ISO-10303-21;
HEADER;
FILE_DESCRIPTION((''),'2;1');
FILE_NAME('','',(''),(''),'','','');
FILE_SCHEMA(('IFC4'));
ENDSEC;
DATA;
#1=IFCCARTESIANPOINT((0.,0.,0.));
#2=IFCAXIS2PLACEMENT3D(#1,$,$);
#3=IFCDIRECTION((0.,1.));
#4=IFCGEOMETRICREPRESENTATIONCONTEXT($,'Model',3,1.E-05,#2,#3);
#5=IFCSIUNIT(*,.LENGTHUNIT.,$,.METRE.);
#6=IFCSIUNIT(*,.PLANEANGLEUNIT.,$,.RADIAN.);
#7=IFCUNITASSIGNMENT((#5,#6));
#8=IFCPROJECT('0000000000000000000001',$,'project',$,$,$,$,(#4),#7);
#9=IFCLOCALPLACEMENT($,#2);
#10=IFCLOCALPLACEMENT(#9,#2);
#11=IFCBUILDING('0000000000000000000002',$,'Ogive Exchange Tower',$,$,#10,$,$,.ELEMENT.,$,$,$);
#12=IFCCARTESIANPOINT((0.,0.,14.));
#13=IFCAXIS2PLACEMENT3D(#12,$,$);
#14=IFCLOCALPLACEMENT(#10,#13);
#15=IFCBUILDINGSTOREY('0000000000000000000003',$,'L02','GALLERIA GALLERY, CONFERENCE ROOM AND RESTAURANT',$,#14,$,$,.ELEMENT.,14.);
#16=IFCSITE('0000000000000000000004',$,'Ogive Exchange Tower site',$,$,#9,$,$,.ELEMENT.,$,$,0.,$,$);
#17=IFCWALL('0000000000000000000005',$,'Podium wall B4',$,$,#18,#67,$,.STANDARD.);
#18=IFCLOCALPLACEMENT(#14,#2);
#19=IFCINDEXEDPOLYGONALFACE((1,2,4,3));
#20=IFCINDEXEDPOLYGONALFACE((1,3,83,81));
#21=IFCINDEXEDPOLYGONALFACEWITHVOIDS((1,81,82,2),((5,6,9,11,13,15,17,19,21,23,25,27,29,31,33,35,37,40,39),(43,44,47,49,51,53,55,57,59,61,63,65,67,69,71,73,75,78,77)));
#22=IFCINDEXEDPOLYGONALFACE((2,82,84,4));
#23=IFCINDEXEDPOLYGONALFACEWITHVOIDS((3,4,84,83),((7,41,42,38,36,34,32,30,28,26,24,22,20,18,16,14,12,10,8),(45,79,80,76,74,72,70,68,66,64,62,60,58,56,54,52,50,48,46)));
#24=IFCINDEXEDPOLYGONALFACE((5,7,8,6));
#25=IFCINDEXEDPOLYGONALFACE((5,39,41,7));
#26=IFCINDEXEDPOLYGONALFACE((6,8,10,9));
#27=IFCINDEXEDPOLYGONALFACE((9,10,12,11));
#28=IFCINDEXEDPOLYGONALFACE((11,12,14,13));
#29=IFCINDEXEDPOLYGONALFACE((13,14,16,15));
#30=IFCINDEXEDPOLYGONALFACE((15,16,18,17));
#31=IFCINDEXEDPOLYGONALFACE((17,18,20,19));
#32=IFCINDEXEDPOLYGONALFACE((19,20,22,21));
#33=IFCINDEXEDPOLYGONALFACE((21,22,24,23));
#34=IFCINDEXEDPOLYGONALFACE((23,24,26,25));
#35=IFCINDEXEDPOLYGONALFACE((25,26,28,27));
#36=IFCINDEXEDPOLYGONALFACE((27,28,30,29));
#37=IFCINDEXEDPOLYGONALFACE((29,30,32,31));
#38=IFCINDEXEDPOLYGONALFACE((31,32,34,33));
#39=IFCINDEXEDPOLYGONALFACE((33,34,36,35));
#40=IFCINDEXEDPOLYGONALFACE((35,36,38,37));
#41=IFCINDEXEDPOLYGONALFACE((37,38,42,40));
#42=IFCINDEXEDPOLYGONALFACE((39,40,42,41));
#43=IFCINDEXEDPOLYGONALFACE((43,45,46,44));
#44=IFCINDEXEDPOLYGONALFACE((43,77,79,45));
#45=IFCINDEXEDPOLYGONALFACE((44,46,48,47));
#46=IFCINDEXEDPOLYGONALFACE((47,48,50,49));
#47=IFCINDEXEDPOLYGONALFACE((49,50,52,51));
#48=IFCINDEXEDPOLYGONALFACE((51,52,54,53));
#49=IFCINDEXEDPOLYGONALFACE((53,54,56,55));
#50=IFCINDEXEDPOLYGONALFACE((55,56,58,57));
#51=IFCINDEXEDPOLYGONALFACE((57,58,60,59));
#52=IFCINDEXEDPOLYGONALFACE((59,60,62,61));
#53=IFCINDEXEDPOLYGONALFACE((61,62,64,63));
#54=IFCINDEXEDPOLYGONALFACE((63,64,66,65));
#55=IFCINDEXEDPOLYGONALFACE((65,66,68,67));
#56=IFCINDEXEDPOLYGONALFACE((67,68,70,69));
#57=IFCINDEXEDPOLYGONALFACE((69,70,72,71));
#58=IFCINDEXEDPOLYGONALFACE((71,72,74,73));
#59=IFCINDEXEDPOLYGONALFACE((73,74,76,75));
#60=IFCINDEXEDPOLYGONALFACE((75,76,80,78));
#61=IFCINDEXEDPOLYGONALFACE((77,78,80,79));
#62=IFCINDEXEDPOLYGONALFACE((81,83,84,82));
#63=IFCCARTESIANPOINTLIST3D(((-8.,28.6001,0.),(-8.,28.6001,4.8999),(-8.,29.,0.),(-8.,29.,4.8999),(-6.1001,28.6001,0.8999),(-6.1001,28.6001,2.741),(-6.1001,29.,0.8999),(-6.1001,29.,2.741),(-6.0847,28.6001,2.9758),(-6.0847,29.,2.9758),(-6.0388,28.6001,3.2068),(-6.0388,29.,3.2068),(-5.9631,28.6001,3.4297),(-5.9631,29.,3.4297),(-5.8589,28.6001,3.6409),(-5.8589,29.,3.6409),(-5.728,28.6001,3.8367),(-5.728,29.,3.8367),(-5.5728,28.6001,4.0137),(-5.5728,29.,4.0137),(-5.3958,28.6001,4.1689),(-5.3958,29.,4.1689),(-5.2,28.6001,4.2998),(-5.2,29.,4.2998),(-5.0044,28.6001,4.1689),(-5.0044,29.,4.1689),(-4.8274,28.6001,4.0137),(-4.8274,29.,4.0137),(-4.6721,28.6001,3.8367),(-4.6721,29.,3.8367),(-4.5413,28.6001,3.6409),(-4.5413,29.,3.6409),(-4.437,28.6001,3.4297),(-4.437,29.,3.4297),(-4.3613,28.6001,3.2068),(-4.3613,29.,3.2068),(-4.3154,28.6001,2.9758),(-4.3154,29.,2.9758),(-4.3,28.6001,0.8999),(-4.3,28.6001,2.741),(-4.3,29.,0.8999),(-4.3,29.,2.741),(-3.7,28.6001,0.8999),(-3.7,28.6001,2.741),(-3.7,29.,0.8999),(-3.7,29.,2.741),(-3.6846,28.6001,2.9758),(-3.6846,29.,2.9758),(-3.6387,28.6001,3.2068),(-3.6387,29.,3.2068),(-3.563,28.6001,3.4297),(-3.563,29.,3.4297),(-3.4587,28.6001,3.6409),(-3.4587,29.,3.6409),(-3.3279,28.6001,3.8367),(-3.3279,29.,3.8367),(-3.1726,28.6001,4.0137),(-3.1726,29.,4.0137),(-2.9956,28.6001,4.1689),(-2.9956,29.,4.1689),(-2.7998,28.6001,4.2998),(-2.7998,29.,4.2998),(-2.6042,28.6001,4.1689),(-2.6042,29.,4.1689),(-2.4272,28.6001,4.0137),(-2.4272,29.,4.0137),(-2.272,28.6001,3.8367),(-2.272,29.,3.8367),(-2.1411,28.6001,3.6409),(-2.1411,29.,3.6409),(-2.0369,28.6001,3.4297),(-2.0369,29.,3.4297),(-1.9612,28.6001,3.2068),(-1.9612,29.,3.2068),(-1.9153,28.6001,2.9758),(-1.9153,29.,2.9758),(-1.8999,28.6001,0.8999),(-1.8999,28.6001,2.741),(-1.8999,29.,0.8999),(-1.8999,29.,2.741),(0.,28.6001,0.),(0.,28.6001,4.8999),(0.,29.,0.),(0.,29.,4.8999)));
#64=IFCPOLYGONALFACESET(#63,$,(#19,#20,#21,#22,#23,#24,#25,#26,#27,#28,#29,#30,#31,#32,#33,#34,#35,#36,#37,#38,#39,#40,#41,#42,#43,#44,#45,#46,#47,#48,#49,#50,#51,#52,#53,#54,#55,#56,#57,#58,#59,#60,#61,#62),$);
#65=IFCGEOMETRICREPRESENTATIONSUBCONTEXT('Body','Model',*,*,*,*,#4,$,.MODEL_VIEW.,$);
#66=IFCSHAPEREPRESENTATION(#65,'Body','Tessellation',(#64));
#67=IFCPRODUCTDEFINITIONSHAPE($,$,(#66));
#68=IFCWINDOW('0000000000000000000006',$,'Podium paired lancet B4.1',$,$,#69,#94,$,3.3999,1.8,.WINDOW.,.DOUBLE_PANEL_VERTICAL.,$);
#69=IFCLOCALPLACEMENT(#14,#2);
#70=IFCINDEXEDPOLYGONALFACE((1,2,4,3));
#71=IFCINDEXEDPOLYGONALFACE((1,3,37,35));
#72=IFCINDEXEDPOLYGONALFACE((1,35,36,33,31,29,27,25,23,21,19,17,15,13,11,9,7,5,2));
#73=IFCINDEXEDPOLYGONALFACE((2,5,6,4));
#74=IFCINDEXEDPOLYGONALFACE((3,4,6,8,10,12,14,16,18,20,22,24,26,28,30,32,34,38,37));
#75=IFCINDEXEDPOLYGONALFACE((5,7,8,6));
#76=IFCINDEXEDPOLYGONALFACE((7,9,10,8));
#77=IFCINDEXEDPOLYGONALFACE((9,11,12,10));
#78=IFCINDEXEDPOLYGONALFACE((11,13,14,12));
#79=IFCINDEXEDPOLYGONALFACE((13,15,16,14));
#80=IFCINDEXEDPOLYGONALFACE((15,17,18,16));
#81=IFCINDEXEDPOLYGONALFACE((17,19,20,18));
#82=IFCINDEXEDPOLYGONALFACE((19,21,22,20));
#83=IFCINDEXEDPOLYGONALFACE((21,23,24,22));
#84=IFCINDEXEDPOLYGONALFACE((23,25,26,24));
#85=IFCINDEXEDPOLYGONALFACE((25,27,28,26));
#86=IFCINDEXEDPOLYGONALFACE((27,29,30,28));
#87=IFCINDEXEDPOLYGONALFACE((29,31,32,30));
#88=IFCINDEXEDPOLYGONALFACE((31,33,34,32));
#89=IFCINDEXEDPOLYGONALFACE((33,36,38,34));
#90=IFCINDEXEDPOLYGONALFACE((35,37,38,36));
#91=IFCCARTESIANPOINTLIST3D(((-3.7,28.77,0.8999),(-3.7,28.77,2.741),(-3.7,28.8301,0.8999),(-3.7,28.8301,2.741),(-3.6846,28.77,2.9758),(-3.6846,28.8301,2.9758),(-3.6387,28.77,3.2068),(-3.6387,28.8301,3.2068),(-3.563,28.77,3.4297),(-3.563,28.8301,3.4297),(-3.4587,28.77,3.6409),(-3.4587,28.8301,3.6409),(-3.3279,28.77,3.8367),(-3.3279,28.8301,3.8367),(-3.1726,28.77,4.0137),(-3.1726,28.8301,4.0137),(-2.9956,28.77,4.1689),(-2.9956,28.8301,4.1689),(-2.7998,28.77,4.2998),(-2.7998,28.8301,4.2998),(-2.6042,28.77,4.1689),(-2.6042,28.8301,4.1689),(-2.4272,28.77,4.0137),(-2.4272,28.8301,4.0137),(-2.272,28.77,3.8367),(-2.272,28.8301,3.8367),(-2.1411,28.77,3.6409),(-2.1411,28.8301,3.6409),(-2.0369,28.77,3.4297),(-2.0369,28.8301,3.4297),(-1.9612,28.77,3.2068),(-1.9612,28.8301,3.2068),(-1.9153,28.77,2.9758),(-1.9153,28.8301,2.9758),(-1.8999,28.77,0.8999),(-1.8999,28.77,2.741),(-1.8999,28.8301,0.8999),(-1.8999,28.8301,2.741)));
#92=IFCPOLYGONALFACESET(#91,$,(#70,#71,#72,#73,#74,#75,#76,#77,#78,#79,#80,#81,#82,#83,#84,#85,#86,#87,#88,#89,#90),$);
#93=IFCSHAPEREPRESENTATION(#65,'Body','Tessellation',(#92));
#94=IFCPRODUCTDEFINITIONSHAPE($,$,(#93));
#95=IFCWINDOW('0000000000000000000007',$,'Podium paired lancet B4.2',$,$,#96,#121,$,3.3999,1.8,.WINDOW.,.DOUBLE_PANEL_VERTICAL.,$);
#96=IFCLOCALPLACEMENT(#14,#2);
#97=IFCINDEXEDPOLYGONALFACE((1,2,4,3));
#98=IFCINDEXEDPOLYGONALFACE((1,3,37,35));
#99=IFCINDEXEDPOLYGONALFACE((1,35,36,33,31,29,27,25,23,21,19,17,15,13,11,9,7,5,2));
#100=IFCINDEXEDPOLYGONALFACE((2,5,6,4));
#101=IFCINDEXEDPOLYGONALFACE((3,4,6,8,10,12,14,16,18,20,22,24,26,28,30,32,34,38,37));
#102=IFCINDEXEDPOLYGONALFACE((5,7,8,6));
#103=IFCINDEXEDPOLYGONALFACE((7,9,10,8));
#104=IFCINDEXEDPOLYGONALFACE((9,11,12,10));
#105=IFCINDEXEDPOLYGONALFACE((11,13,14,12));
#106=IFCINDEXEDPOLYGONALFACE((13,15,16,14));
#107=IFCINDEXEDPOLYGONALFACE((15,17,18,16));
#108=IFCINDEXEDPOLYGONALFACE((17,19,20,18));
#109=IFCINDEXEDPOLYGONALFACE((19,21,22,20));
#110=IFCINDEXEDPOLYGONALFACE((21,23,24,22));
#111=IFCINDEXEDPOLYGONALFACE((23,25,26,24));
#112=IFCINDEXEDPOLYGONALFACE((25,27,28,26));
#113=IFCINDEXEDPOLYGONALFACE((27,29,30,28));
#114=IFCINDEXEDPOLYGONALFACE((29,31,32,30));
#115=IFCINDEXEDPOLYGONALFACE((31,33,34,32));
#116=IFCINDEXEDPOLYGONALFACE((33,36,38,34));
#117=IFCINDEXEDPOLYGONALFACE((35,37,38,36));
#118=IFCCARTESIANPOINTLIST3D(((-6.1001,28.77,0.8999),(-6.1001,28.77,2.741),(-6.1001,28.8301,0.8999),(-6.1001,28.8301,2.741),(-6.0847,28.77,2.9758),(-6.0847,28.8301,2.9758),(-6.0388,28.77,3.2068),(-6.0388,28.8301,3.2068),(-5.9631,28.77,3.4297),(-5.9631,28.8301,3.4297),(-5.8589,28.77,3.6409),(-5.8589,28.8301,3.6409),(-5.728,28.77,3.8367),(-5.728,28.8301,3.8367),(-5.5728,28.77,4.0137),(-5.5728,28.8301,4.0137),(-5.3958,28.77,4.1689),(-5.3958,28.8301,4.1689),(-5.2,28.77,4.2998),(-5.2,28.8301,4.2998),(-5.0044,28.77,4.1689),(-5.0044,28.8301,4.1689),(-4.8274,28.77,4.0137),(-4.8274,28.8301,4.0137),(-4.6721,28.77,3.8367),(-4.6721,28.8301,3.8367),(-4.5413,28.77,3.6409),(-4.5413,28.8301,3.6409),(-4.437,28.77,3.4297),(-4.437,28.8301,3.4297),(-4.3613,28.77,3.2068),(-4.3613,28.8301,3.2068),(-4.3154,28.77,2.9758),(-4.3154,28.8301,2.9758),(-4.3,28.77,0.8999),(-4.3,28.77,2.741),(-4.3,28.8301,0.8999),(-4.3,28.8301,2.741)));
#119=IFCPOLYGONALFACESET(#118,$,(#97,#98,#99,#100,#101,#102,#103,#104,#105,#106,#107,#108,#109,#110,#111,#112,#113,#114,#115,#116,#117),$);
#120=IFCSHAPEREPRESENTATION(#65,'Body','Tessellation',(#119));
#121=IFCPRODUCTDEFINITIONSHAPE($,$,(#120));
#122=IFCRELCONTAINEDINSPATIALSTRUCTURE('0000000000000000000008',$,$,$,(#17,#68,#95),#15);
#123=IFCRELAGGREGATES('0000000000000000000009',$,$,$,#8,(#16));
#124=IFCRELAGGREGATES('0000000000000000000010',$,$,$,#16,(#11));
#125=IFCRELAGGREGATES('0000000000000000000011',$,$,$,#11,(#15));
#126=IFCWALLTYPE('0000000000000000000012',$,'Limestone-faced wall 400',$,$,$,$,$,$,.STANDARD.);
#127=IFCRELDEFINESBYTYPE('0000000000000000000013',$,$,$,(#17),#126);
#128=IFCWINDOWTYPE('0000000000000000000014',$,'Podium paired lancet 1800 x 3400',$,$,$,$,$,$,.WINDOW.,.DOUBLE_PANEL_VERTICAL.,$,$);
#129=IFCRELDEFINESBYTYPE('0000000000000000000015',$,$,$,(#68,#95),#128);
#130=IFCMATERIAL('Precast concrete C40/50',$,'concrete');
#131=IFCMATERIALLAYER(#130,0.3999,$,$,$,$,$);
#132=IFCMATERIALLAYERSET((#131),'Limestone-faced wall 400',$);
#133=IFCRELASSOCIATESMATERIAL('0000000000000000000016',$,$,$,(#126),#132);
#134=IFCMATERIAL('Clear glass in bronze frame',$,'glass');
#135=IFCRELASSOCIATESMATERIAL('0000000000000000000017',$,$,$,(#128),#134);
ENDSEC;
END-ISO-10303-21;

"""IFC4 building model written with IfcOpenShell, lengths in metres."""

from ifc_helpers import new_model, si_unit, direction, frame, frame_2d, origin, place, context, subcontext, project, spatial, polyline, rectangle, outline, extrude, material, layer, layer_set, type_object, element, fill, save


model = new_model("IFC4")

# Units and contexts
model_context = context("Model", 3, precision=1e-05, world=origin(), true_north=direction((0.0, 1.0)))
body_context = subcontext(model_context, "Body", "Model", "MODEL_VIEW")
ifc_project = project(units=[si_unit("LENGTHUNIT", "METRE"), si_unit("PLANEANGLEUNIT", "RADIAN")], contexts=[model_context])

# Site, building, storey
site_placement = place(None, origin())
site = spatial("IfcSite", under=ifc_project, at=site_placement, Name="Ogive Exchange Tower site", CompositionType="ELEMENT", RefElevation=0.0)
building_placement = place(site_placement, origin())
building = spatial("IfcBuilding", under=site, at=building_placement, Name="Ogive Exchange Tower", CompositionType="ELEMENT")
storey_placement = place(building_placement, frame((0.0, 0.0, 14.0)))
storey = spatial("IfcBuildingStorey", under=building, at=storey_placement, Name="L02", Description="GALLERIA GALLERY, CONFERENCE ROOM AND RESTAURANT", CompositionType="ELEMENT", Elevation=14.0)

# Wall, openings, windows
ifc_material_1 = material(Name="Precast concrete C40/50", Category="concrete")
ifc_layer_1 = layer(ifc_material_1, 0.3999)
ifc_layer_set_1 = layer_set([ifc_layer_1], Name="Limestone-faced wall 400")
wall_type_1 = type_object("IfcWallType", Name="Limestone-faced wall 400", PredefinedType="STANDARD", material=ifc_layer_set_1)
wall_1_placement = place(storey_placement, frame((0.0, 28.8, 0.0), z_axis=(0.0, 0.0, 1.0), x_axis=(-1.0, 0.0, 0.0)))
wall_1 = element("IfcWall", 1, at=wall_1_placement, inside=storey, type_object=wall_type_1, Name="Podium wall B4", PredefinedType="STANDARD", context=body_context, shape_type="SweptSolid", body=[
    extrude(rectangle(XDim=8.0, YDim=0.3999, at=frame_2d((4.0, 0.0))), origin(), (0.0, 0.0, 1.0), 4.8999),
])
opening_1_placement = place(wall_1_placement, frame((1.8999, 0.0, 0.8999)))
opening_1 = element("IfcOpeningElement", 2, at=opening_1_placement, cuts=wall_1, PredefinedType="OPENING", context=body_context, shape_type="SweptSolid", body=[
    extrude(outline(polyline([(0.0, 0.0), (1.8, 0.0), (1.8, 1.8411), (1.7847, 2.0759), (1.7388, 2.3069), (1.6631, 2.5298), (1.5588, 2.741), (1.428, 2.9368), (1.2727, 3.1138), (1.0957, 3.269), (0.8999, 3.3999), (0.7043, 3.269), (0.5273, 3.1138), (0.3721, 2.9368), (0.2412, 2.741), (0.137, 2.5298), (0.0613, 2.3069), (0.0154, 2.0759), (0.0, 1.8411), (0.0, 0.0)])), frame((0.0, 0.21, 0.0), z_axis=(0.0, -1.0, 0.0), x_axis=(1.0, 0.0, 0.0)), (0.0, 0.0, 1.0), 0.4199),
])
opening_2_placement = place(wall_1_placement, frame((4.3, 0.0, 0.8999)))
opening_2 = element("IfcOpeningElement", 3, at=opening_2_placement, cuts=wall_1, PredefinedType="OPENING", context=body_context, shape_type="SweptSolid", body=[
    extrude(outline(polyline([(0.0, 0.0), (1.8, 0.0), (1.8, 1.8411), (1.7847, 2.0759), (1.7388, 2.3069), (1.6631, 2.5298), (1.5588, 2.741), (1.428, 2.9368), (1.2727, 3.1138), (1.0957, 3.269), (0.8999, 3.3999), (0.7043, 3.269), (0.5273, 3.1138), (0.3721, 2.9368), (0.2412, 2.741), (0.137, 2.5298), (0.0613, 2.3069), (0.0154, 2.0759), (0.0, 1.8411), (0.0, 0.0)])), frame((0.0, 0.21, 0.0), z_axis=(0.0, -1.0, 0.0), x_axis=(1.0, 0.0, 0.0)), (0.0, 0.0, 1.0), 0.4199),
])
ifc_material_2 = material(Name="Clear glass in bronze frame", Category="glass")
window_type = type_object("IfcWindowType", Name="Podium paired lancet 1800 x 3400", PartitioningType="DOUBLE_PANEL_VERTICAL", PredefinedType="WINDOW", material=ifc_material_2)
window_1_placement = place(opening_1_placement, origin())
window_1 = element("IfcWindow", 4, at=window_1_placement, inside=storey, type_object=window_type, Name="Podium paired lancet B4.1", OverallHeight=3.3999, OverallWidth=1.8, PartitioningType="DOUBLE_PANEL_VERTICAL", PredefinedType="WINDOW", context=body_context, shape_type="SweptSolid", body=[
    extrude(outline(polyline([(0.0, 0.0), (1.8, 0.0), (1.8, 1.8411), (1.7847, 2.0759), (1.7388, 2.3069), (1.6631, 2.5298), (1.5588, 2.741), (1.428, 2.9368), (1.2727, 3.1138), (1.0957, 3.269), (0.8999, 3.3999), (0.7043, 3.269), (0.5273, 3.1138), (0.3721, 2.9368), (0.2412, 2.741), (0.137, 2.5298), (0.0613, 2.3069), (0.0154, 2.0759), (0.0, 1.8411), (0.0, 0.0)])), frame((0.0, 0.03, 0.0), z_axis=(0.0, -1.0, 0.0), x_axis=(1.0, 0.0, 0.0)), (0.0, 0.0, 1.0), 0.0601),
])
fill(opening_1, window_1)
window_2_placement = place(opening_2_placement, origin())
window_2 = element("IfcWindow", 5, at=window_2_placement, inside=storey, type_object=window_type, Name="Podium paired lancet B4.2", OverallHeight=3.3999, OverallWidth=1.8, PartitioningType="DOUBLE_PANEL_VERTICAL", PredefinedType="WINDOW", context=body_context, shape_type="SweptSolid", body=[
    extrude(outline(polyline([(0.0, 0.0), (1.8, 0.0), (1.8, 1.8411), (1.7847, 2.0759), (1.7388, 2.3069), (1.6631, 2.5298), (1.5588, 2.741), (1.428, 2.9368), (1.2727, 3.1138), (1.0957, 3.269), (0.8999, 3.3999), (0.7043, 3.269), (0.5273, 3.1138), (0.3721, 2.9368), (0.2412, 2.741), (0.137, 2.5298), (0.0613, 2.3069), (0.0154, 2.0759), (0.0, 1.8411), (0.0, 0.0)])), frame((0.0, 0.03, 0.0), z_axis=(0.0, -1.0, 0.0), x_axis=(1.0, 0.0, 0.0)), (0.0, 0.0, 1.0), 0.0601),
])
fill(opening_2, window_2)

save(model, "model.ifc")
